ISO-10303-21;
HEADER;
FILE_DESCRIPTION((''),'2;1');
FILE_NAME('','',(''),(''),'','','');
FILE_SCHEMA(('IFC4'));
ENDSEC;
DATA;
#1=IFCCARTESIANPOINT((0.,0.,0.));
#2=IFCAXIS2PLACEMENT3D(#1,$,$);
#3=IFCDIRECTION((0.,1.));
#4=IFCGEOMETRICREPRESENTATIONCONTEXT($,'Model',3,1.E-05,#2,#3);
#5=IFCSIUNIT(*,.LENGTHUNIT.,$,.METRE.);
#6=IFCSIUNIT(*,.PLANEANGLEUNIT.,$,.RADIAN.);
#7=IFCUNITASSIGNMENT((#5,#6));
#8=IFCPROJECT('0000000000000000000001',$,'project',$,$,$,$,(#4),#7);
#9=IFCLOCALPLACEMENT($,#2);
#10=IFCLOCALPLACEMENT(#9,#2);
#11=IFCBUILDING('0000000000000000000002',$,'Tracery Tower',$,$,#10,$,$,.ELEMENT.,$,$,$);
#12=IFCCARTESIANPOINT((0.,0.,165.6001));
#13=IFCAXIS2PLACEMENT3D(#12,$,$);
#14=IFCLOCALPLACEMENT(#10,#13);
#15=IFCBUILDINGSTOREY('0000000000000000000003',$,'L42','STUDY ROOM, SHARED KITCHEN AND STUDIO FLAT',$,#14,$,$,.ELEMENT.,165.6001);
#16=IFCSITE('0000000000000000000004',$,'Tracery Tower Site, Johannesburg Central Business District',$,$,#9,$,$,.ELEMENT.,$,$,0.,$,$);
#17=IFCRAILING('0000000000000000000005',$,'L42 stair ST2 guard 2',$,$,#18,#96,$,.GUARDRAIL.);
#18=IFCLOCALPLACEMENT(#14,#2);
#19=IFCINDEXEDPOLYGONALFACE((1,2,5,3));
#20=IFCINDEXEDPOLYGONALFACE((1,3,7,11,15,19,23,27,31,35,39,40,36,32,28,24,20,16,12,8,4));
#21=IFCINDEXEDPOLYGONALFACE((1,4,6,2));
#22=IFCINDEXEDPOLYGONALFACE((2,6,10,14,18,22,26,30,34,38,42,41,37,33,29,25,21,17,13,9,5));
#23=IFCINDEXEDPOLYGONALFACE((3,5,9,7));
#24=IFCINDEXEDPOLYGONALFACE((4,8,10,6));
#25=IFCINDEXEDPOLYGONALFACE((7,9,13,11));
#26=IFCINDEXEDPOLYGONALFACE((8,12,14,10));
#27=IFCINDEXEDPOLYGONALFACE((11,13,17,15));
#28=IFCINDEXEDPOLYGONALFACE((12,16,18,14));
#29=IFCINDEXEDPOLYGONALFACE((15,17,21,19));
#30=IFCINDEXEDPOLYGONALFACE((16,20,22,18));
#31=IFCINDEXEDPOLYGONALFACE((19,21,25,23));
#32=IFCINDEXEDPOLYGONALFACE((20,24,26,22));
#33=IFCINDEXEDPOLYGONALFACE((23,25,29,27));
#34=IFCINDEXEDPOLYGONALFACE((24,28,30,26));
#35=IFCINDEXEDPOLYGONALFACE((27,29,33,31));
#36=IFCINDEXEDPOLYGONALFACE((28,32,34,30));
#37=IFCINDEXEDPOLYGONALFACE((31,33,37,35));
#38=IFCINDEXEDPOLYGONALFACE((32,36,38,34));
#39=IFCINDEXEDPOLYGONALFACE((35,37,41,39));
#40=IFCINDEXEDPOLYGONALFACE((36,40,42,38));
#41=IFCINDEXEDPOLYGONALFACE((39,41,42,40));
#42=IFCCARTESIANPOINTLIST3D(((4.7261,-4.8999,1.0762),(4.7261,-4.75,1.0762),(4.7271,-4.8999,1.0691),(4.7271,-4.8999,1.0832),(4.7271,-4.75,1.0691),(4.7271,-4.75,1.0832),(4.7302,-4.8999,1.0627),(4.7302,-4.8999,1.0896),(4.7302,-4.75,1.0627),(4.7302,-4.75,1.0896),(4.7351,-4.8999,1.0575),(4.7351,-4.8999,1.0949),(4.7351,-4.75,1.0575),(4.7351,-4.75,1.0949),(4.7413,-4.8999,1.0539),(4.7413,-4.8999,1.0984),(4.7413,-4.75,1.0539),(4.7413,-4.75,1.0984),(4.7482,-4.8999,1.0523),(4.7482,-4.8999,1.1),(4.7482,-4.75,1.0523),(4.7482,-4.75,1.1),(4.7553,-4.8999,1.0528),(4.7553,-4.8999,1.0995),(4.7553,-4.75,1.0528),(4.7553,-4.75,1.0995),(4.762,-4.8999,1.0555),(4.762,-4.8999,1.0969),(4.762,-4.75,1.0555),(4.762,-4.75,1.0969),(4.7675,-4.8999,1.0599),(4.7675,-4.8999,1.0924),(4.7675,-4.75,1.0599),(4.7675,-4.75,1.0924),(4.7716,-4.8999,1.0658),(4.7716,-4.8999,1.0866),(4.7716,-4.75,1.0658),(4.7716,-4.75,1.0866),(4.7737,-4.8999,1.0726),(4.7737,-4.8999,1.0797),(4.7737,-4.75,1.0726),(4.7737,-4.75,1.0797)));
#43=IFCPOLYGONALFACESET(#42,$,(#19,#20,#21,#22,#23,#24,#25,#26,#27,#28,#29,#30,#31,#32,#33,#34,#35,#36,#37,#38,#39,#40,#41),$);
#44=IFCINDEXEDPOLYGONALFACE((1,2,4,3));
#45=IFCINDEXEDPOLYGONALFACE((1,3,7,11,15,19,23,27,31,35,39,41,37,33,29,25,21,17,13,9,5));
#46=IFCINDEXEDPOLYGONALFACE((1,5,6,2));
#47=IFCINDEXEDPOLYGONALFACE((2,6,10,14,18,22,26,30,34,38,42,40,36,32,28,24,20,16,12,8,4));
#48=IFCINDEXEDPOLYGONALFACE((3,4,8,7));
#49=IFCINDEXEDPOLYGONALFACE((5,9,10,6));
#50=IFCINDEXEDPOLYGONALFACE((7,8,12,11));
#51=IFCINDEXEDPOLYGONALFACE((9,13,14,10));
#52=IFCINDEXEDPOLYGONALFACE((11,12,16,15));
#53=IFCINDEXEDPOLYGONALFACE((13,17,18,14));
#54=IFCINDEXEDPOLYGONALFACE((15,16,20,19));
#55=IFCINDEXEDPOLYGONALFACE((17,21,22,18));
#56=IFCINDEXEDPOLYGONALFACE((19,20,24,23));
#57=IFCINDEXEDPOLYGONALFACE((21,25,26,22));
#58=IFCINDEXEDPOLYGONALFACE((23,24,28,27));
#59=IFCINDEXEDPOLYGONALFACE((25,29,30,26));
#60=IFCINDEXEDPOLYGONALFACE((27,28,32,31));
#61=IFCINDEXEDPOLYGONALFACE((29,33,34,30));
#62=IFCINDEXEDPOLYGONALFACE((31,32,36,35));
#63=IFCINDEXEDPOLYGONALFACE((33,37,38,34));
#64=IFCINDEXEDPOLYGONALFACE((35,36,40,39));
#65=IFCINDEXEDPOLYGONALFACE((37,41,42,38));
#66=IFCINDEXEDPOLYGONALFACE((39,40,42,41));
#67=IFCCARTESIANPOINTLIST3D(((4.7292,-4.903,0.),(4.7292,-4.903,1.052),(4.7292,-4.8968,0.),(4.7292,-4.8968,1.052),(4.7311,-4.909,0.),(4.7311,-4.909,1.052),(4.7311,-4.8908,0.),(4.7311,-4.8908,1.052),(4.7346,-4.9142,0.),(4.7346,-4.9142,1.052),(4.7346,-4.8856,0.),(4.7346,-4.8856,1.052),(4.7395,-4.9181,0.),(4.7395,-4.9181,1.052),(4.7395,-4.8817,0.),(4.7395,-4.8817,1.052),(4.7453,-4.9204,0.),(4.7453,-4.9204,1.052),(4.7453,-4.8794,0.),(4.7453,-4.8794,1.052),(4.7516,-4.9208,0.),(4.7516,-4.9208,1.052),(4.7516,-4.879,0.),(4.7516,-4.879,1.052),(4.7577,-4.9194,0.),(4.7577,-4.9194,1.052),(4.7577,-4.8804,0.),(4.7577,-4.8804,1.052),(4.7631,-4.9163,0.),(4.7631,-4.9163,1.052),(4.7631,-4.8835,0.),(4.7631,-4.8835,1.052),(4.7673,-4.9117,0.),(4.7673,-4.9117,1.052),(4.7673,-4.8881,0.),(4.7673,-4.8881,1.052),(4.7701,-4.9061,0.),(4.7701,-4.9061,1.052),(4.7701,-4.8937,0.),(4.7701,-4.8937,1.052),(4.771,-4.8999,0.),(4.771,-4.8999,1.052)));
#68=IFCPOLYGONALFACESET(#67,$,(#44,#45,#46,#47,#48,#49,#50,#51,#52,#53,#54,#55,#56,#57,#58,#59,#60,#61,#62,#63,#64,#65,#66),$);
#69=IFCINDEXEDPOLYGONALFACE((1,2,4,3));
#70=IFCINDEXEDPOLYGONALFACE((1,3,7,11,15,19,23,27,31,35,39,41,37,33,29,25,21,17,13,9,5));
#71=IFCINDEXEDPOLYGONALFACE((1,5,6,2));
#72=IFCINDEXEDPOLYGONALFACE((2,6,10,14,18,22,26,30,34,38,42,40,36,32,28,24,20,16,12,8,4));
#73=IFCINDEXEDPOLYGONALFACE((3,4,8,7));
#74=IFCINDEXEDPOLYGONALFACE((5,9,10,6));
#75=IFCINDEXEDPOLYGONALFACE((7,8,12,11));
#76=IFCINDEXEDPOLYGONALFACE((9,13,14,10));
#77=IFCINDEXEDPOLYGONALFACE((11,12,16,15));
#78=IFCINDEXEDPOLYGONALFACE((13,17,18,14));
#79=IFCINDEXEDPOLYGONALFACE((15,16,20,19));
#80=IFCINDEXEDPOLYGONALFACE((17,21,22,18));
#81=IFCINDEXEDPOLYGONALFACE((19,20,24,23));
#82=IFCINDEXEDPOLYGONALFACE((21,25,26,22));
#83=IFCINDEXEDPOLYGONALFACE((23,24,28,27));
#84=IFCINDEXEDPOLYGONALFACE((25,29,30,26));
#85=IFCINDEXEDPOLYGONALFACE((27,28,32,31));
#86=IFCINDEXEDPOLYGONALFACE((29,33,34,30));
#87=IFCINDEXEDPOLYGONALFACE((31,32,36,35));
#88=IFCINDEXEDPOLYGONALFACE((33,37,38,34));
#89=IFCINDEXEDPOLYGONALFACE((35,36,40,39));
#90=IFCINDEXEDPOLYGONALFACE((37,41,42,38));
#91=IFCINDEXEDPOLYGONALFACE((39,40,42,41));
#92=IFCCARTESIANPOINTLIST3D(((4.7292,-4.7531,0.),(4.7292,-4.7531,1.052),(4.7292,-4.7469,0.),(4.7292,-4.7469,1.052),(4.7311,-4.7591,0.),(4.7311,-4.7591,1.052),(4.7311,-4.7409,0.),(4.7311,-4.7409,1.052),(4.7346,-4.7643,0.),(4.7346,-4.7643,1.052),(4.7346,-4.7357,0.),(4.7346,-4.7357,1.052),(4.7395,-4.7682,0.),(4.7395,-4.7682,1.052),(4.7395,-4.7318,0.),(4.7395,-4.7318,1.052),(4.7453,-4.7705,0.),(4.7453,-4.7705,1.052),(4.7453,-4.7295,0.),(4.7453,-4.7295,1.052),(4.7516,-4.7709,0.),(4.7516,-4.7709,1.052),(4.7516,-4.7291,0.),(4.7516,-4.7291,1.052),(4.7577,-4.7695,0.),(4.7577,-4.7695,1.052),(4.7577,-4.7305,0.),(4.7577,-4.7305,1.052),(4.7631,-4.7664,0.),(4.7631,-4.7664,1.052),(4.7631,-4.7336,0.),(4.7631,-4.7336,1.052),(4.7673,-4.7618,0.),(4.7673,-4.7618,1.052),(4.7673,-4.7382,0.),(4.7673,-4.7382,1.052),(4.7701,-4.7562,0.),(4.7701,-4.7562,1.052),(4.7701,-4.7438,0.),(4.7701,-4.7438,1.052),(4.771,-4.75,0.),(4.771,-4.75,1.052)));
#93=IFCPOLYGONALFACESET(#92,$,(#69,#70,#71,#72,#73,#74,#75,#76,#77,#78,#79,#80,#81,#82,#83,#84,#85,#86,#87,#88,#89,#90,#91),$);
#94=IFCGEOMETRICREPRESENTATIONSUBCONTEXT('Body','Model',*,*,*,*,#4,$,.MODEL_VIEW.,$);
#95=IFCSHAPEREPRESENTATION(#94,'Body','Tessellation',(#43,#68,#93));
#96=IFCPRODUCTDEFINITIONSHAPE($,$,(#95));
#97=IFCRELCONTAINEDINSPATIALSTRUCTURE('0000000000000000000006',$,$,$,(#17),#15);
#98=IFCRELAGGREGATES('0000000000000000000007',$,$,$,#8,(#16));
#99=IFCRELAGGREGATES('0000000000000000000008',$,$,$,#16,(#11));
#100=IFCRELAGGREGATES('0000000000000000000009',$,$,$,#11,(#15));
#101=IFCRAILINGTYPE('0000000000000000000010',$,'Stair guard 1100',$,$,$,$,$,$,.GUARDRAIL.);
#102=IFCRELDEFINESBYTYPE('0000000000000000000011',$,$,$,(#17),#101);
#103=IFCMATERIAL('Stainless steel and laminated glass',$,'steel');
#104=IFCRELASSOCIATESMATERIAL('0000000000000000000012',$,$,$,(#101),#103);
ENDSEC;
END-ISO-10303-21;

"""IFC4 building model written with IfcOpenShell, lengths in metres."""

from ifc_helpers import new_model, si_unit, direction, frame, origin, origin_2d, place, context, subcontext, project, spatial, circle, extrude, material, type_object, element, save


model = new_model("IFC4")

# Units and contexts
model_context = context("Model", 3, precision=1e-05, world=origin(), true_north=direction((0.0, 1.0)))
body_context = subcontext(model_context, "Body", "Model", "MODEL_VIEW")
ifc_project = project(units=[si_unit("LENGTHUNIT", "METRE"), si_unit("PLANEANGLEUNIT", "RADIAN")], contexts=[model_context])

# Site, building, storey
site_placement = place(None, origin())
site = spatial("IfcSite", under=ifc_project, at=site_placement, Name="Tracery Tower Site, Johannesburg Central Business District", CompositionType="ELEMENT", RefElevation=0.0)
building_placement = place(site_placement, origin())
building = spatial("IfcBuilding", under=site, at=building_placement, Name="Tracery Tower", CompositionType="ELEMENT")
storey_placement = place(building_placement, frame((0.0, 0.0, 165.6001)))
storey = spatial("IfcBuildingStorey", under=building, at=storey_placement, Name="L42", Description="STUDY ROOM, SHARED KITCHEN AND STUDIO FLAT", CompositionType="ELEMENT", Elevation=165.6001)

# Railing
ifc_material_1 = material(Name="Stainless steel and laminated glass", Category="steel")
railing_type_1 = type_object("IfcRailingType", Name="Stair guard 1100", PredefinedType="GUARDRAIL", material=ifc_material_1)
railing_1_placement = place(storey_placement, frame((4.75, -4.8999, 0.0)))
element("IfcRailing", 1, at=railing_1_placement, inside=storey, type_object=railing_type_1, Name="L42 stair ST2 guard 2", PredefinedType="GUARDRAIL", context=body_context, shape_type="SweptSolid", body=[
    extrude(circle(Radius=0.0239, at=origin_2d()), frame((0.0, 0.0, 1.0762), z_axis=(0.0, 1.0, 0.0), x_axis=(-1.0, 0.0, 0.0)), (0.0, 0.0, 1.0), 0.1499),
    extrude(circle(Radius=0.021, at=origin_2d()), origin(), (0.0, 0.0, 1.0), 1.052),
    extrude(circle(Radius=0.021, at=origin_2d()), frame((0.0, 0.1499, 0.0)), (0.0, 0.0, 1.0), 1.052),
])

save(model, "model.ifc")
